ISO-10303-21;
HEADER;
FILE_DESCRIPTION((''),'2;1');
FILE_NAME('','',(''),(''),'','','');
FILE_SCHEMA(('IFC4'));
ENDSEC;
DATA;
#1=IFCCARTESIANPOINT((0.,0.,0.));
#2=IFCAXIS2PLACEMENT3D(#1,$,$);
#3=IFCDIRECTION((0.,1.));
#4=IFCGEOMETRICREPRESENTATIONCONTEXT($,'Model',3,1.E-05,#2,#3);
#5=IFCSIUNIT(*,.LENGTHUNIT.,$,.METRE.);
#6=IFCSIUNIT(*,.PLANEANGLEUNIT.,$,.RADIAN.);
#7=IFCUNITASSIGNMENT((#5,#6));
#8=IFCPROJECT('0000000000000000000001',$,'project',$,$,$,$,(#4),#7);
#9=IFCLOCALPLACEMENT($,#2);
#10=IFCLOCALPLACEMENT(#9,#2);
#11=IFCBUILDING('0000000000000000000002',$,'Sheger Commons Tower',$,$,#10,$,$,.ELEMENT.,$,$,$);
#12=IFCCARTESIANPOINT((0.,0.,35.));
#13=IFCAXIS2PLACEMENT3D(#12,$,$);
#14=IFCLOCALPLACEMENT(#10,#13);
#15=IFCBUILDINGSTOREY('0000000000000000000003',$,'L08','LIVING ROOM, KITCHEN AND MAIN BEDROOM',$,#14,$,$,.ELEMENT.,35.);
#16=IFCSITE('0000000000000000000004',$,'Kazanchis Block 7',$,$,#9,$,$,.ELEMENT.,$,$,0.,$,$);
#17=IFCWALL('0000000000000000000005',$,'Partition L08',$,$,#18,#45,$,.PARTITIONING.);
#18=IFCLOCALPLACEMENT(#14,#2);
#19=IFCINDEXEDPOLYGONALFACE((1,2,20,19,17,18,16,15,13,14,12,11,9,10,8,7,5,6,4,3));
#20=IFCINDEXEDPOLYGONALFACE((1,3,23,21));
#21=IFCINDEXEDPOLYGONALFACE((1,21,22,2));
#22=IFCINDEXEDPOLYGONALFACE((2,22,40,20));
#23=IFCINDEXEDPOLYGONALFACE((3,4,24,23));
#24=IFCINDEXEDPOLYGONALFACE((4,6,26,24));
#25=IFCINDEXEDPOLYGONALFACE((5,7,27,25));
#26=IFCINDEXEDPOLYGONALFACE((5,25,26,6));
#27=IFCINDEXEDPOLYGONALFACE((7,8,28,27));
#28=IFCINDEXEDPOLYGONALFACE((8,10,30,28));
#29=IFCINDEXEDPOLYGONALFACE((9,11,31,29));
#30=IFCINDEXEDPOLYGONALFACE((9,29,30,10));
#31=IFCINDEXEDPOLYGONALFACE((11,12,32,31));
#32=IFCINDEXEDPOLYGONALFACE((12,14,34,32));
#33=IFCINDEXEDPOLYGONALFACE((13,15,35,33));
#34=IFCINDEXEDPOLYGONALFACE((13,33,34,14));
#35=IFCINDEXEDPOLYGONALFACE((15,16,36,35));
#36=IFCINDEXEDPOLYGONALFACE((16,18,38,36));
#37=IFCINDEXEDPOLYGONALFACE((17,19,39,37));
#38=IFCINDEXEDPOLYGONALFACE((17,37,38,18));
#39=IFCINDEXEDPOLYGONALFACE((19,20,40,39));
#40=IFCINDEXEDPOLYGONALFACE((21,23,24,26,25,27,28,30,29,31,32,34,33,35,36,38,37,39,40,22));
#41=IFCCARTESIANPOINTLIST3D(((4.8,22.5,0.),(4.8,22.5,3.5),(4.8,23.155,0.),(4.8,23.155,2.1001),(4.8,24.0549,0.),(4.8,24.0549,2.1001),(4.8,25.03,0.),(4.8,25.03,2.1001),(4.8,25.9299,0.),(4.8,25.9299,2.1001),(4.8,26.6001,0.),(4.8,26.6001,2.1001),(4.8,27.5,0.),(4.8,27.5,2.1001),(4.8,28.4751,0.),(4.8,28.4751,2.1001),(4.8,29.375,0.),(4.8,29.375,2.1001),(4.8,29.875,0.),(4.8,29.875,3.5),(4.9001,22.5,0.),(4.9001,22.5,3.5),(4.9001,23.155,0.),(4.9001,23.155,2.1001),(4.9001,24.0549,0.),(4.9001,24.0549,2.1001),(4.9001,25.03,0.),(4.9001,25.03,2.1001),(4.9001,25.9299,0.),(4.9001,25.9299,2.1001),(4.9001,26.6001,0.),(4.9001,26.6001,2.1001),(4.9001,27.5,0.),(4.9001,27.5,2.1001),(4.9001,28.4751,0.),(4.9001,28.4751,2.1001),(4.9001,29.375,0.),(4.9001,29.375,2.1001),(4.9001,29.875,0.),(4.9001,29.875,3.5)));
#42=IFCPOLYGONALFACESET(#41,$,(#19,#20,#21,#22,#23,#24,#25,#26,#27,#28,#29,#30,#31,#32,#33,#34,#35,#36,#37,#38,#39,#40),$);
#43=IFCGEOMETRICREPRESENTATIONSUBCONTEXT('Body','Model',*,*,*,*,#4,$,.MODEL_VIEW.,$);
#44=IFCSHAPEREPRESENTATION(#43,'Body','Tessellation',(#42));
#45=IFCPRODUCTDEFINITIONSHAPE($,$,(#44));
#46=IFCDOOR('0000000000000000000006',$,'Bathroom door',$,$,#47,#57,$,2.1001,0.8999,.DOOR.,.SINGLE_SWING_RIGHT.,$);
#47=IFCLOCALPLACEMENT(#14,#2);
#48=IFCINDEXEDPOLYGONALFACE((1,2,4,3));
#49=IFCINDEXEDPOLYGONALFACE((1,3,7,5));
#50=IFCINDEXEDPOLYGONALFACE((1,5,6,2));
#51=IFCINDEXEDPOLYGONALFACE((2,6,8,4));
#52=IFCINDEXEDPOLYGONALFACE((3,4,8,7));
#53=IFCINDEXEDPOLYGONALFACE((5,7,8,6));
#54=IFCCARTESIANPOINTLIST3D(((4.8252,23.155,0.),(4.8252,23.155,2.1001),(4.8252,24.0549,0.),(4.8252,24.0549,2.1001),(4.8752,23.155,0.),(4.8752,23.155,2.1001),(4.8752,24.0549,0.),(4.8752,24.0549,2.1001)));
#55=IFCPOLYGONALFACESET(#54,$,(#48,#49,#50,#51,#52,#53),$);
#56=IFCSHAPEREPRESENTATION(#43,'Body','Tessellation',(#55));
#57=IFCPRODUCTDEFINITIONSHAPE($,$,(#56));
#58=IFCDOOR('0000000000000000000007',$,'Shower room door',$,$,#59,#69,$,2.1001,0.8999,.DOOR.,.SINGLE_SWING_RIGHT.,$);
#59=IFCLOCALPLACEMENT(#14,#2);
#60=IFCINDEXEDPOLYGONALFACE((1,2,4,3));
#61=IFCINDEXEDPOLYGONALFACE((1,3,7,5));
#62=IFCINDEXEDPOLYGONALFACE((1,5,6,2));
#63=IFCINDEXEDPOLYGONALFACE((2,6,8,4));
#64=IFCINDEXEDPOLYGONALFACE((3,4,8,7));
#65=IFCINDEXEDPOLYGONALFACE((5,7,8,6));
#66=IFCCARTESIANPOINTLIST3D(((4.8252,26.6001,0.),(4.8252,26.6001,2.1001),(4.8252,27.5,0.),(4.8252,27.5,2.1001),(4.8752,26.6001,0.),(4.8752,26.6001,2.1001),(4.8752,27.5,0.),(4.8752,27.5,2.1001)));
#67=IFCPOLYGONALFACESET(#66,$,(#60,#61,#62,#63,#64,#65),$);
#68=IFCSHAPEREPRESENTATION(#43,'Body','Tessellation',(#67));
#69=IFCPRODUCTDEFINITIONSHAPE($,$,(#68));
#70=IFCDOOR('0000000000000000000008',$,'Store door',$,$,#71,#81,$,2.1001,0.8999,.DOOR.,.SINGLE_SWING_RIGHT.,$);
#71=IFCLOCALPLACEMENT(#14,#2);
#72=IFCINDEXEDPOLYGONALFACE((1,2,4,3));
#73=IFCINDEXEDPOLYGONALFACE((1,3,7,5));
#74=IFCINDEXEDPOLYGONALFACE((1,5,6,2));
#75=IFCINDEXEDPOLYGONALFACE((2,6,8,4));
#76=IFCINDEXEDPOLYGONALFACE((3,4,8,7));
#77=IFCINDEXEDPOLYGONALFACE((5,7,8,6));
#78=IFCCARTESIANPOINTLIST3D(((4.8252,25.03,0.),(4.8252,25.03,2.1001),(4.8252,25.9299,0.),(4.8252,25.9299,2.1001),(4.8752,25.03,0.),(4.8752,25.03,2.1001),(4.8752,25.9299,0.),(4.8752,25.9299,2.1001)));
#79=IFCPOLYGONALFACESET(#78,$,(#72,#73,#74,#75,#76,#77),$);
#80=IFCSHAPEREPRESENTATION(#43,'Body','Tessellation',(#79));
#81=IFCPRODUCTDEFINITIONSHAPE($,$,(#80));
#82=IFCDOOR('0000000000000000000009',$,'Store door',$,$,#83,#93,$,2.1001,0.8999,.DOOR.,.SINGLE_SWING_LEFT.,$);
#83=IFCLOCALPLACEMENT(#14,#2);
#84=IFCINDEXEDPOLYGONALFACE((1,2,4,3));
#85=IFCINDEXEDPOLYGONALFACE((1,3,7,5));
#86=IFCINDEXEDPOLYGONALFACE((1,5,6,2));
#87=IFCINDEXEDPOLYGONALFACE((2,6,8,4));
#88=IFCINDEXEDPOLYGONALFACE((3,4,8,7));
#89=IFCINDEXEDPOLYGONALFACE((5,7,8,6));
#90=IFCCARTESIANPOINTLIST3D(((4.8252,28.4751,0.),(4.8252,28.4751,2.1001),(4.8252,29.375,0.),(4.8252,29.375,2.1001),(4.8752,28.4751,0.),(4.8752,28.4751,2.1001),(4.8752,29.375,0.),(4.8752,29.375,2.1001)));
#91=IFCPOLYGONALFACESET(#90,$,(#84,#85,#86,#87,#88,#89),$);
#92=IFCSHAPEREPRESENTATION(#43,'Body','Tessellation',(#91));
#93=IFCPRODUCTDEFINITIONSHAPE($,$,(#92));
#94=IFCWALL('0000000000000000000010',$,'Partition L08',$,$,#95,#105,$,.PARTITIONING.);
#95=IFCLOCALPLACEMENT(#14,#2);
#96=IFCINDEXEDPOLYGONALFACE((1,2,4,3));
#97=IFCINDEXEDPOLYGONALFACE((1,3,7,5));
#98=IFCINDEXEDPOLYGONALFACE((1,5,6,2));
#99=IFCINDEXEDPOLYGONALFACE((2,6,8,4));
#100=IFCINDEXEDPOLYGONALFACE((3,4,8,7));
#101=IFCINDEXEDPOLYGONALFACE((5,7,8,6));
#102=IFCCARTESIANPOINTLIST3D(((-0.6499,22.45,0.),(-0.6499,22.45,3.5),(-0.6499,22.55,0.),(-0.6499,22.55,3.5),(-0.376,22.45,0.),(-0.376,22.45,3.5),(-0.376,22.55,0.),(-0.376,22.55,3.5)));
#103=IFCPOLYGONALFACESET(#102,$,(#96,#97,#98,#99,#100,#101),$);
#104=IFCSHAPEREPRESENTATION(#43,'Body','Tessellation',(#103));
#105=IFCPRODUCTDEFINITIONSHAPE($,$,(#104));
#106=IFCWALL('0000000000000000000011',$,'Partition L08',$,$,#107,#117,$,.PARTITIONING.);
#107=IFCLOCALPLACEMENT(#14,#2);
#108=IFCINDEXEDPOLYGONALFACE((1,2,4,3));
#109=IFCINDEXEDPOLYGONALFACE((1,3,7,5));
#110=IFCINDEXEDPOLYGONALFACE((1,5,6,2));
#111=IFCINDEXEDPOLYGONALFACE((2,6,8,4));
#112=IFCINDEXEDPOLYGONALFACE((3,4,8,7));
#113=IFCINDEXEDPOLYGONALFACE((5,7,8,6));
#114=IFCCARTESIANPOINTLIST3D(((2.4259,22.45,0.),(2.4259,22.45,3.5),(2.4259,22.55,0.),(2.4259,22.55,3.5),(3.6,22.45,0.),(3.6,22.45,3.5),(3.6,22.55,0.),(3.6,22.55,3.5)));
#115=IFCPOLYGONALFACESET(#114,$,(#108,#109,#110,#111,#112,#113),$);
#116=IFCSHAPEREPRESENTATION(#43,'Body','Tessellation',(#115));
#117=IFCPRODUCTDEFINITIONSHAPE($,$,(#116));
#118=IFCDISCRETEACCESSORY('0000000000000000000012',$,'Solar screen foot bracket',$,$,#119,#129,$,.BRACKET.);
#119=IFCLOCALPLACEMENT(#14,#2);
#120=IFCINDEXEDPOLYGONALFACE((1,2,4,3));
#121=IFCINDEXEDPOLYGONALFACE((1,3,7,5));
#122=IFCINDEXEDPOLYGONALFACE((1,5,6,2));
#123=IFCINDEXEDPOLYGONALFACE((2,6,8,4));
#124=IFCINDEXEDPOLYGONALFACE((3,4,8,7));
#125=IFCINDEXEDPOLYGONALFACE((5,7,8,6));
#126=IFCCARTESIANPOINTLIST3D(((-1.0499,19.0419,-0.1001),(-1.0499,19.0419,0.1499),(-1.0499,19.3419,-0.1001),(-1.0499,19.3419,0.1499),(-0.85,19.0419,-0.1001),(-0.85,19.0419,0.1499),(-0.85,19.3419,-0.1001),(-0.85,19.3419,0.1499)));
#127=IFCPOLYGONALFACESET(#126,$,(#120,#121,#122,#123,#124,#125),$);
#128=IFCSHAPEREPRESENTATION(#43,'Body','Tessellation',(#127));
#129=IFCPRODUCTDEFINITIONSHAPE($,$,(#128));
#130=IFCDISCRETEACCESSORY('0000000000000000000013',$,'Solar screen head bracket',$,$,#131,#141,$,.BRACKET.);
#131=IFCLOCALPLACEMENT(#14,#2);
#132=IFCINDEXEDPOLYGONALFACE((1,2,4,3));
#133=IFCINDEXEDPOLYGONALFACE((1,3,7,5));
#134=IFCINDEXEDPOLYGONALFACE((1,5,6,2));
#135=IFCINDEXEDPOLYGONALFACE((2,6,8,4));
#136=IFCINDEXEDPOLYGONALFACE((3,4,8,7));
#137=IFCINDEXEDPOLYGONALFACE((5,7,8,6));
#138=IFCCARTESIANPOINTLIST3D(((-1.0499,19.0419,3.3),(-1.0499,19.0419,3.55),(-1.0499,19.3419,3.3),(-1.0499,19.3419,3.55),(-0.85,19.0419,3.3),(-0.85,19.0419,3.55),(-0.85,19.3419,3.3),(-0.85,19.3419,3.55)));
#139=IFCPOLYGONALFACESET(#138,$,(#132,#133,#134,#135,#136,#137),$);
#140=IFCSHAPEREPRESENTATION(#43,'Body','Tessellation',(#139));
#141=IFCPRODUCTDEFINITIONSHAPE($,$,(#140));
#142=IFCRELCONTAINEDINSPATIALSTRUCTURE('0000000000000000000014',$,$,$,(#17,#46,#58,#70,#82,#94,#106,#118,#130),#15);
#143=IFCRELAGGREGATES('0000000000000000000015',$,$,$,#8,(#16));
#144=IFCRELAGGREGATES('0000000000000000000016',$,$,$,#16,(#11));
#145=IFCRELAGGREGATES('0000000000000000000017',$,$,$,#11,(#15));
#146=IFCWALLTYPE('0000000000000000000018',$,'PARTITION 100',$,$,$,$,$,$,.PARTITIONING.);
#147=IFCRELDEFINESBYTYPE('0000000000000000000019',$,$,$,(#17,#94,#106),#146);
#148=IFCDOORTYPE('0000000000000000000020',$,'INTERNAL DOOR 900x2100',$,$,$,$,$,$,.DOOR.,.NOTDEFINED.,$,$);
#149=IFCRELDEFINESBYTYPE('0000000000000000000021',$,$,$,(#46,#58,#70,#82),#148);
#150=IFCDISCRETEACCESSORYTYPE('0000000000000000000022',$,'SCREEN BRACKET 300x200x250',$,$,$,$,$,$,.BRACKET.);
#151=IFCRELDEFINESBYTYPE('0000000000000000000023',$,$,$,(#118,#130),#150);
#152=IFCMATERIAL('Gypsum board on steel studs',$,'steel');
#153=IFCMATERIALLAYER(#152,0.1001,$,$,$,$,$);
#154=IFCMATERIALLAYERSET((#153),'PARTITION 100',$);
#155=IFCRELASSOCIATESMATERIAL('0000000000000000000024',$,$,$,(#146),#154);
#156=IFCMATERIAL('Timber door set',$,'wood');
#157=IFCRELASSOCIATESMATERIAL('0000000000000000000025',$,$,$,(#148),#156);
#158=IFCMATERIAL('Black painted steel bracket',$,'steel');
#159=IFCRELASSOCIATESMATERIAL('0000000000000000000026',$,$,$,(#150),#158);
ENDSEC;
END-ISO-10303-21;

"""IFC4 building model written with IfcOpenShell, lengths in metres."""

from ifc_helpers import new_model, si_unit, direction, frame, frame_2d, origin, origin_2d, place, context, subcontext, project, spatial, rectangle, extrude, material, layer, layer_set, type_object, element, fill, save


model = new_model("IFC4")

# Units and contexts
model_context = context("Model", 3, precision=1e-05, world=origin(), true_north=direction((0.0, 1.0)))
body_context = subcontext(model_context, "Body", "Model", "MODEL_VIEW")
ifc_project = project(units=[si_unit("LENGTHUNIT", "METRE"), si_unit("PLANEANGLEUNIT", "RADIAN")], contexts=[model_context])

# Site, building, storey
site_placement = place(None, origin())
site = spatial("IfcSite", under=ifc_project, at=site_placement, Name="Kazanchis Block 7", CompositionType="ELEMENT", RefElevation=0.0)
building_placement = place(site_placement, origin())
building = spatial("IfcBuilding", under=site, at=building_placement, Name="Sheger Commons Tower", CompositionType="ELEMENT")
storey_placement = place(building_placement, frame((0.0, 0.0, 35.0)))
storey = spatial("IfcBuildingStorey", under=building, at=storey_placement, Name="L08", Description="LIVING ROOM, KITCHEN AND MAIN BEDROOM", CompositionType="ELEMENT", Elevation=35.0)

# Shared definitions
ifc_material_1 = material(Name="Gypsum board on steel studs", Category="steel")
ifc_layer_1 = layer(ifc_material_1, 0.1001)
ifc_layer_set_1 = layer_set([ifc_layer_1], Name="PARTITION 100")
wall_type_1 = type_object("IfcWallType", Name="PARTITION 100", PredefinedType="PARTITIONING", material=ifc_layer_set_1)

# Wall, openings, doors
ifc_material_2 = material(Name="Timber door set", Category="wood")
door_type = type_object("IfcDoorType", Name="INTERNAL DOOR 900x2100", OperationType="NOTDEFINED", PredefinedType="DOOR", material=ifc_material_2)
wall_1_placement = place(storey_placement, frame((4.8501, 22.5, 0.0), z_axis=(0.0, 0.0, 1.0), x_axis=(0.0, 1.0, 0.0)))
wall_1 = element("IfcWall", 1, at=wall_1_placement, inside=storey, type_object=wall_type_1, Name="Partition L08", PredefinedType="PARTITIONING", context=body_context, shape_type="SweptSolid", body=[
    extrude(rectangle(XDim=7.375, YDim=0.1001, at=frame_2d((3.6875, 0.0))), origin(), (0.0, 0.0, 1.0), 3.5),
])
opening_1_placement = place(wall_1_placement, frame((0.655, 0.0, 0.0)))
opening_1 = element("IfcOpeningElement", 2, at=opening_1_placement, cuts=wall_1, PredefinedType="OPENING", context=body_context, shape_type="SweptSolid", body=[
    extrude(rectangle(XDim=0.8999, YDim=2.1001, at=frame_2d((0.45, 1.05))), frame((0.0, 0.0601, 0.0), z_axis=(0.0, -1.0, 0.0), x_axis=(1.0, 0.0, 0.0)), (0.0, 0.0, 1.0), 0.1201),
])
opening_2_placement = place(wall_1_placement, frame((4.1001, 0.0, 0.0)))
opening_2 = element("IfcOpeningElement", 3, at=opening_2_placement, cuts=wall_1, PredefinedType="OPENING", context=body_context, shape_type="SweptSolid", body=[
    extrude(rectangle(XDim=0.8999, YDim=2.1001, at=frame_2d((0.45, 1.05))), frame((0.0, 0.0601, 0.0), z_axis=(0.0, -1.0, 0.0), x_axis=(1.0, 0.0, 0.0)), (0.0, 0.0, 1.0), 0.1201),
])
opening_3_placement = place(wall_1_placement, frame((2.53, 0.0, 0.0)))
opening_3 = element("IfcOpeningElement", 4, at=opening_3_placement, cuts=wall_1, PredefinedType="OPENING", context=body_context, shape_type="SweptSolid", body=[
    extrude(rectangle(XDim=0.8999, YDim=2.1001, at=frame_2d((0.45, 1.05))), frame((0.0, 0.0601, 0.0), z_axis=(0.0, -1.0, 0.0), x_axis=(1.0, 0.0, 0.0)), (0.0, 0.0, 1.0), 0.1201),
])
opening_4_placement = place(wall_1_placement, frame((5.9751, 0.0, 0.0)))
opening_4 = element("IfcOpeningElement", 5, at=opening_4_placement, cuts=wall_1, PredefinedType="OPENING", context=body_context, shape_type="SweptSolid", body=[
    extrude(rectangle(XDim=0.8999, YDim=2.1001, at=frame_2d((0.45, 1.05))), frame((0.0, 0.0601, 0.0), z_axis=(0.0, -1.0, 0.0), x_axis=(1.0, 0.0, 0.0)), (0.0, 0.0, 1.0), 0.1201),
])
door_1_placement = place(opening_1_placement, origin())
door_1 = element("IfcDoor", 6, at=door_1_placement, inside=storey, type_object=door_type, Name="Bathroom door", OperationType="SINGLE_SWING_RIGHT", OverallHeight=2.1001, OverallWidth=0.8999, PredefinedType="DOOR", context=body_context, shape_type="SweptSolid", body=[
    extrude(rectangle(XDim=0.8999, YDim=2.1001, at=frame_2d((0.45, 1.05))), frame((0.0, 0.0249, 0.0), z_axis=(0.0, -1.0, 0.0), x_axis=(1.0, 0.0, 0.0)), (0.0, 0.0, 1.0), 0.05),
])
fill(opening_1, door_1)
door_2_placement = place(opening_2_placement, origin())
door_2 = element("IfcDoor", 7, at=door_2_placement, inside=storey, type_object=door_type, Name="Shower room door", OperationType="SINGLE_SWING_RIGHT", OverallHeight=2.1001, OverallWidth=0.8999, PredefinedType="DOOR", context=body_context, shape_type="SweptSolid", body=[
    extrude(rectangle(XDim=0.8999, YDim=2.1001, at=frame_2d((0.45, 1.05))), frame((0.0, 0.0249, 0.0), z_axis=(0.0, -1.0, 0.0), x_axis=(1.0, 0.0, 0.0)), (0.0, 0.0, 1.0), 0.05),
])
fill(opening_2, door_2)
door_3_placement = place(opening_3_placement, origin())
door_3 = element("IfcDoor", 8, at=door_3_placement, inside=storey, type_object=door_type, Name="Store door", OperationType="SINGLE_SWING_RIGHT", OverallHeight=2.1001, OverallWidth=0.8999, PredefinedType="DOOR", context=body_context, shape_type="SweptSolid", body=[
    extrude(rectangle(XDim=0.8999, YDim=2.1001, at=frame_2d((0.45, 1.05))), frame((0.0, 0.0249, 0.0), z_axis=(0.0, -1.0, 0.0), x_axis=(1.0, 0.0, 0.0)), (0.0, 0.0, 1.0), 0.05),
])
fill(opening_3, door_3)
door_4_placement = place(opening_4_placement, origin())
door_4 = element("IfcDoor", 9, at=door_4_placement, inside=storey, type_object=door_type, Name="Store door", OperationType="SINGLE_SWING_LEFT", OverallHeight=2.1001, OverallWidth=0.8999, PredefinedType="DOOR", context=body_context, shape_type="SweptSolid", body=[
    extrude(rectangle(XDim=0.8999, YDim=2.1001, at=frame_2d((0.45, 1.05))), frame((0.0, 0.0249, 0.0), z_axis=(0.0, -1.0, 0.0), x_axis=(1.0, 0.0, 0.0)), (0.0, 0.0, 1.0), 0.05),
])
fill(opening_4, door_4)

# Walls
wall_2_placement = place(storey_placement, frame((-0.6499, 22.5, 0.0), z_axis=(0.0, 0.0, 1.0), x_axis=(1.0, 0.0, 0.0)))
element("IfcWall", 10, at=wall_2_placement, inside=storey, type_object=wall_type_1, Name="Partition L08", PredefinedType="PARTITIONING", context=body_context, shape_type="SweptSolid", body=[
    extrude(rectangle(XDim=0.2739, YDim=0.1001, at=frame_2d((0.137, 0.0))), origin(), (0.0, 0.0, 1.0), 3.5),
])
wall_3_placement = place(storey_placement, frame((2.426, 22.5, 0.0), z_axis=(0.0, 0.0, 1.0), x_axis=(1.0, 0.0, 0.0)))
element("IfcWall", 11, at=wall_3_placement, inside=storey, type_object=wall_type_1, Name="Partition L08", PredefinedType="PARTITIONING", context=body_context, shape_type="SweptSolid", body=[
    extrude(rectangle(XDim=1.1741, YDim=0.1001, at=frame_2d((0.5869, 0.0))), origin(), (0.0, 0.0, 1.0), 3.5),
])

# Discrete accessories
ifc_material_3 = material(Name="Black painted steel bracket", Category="steel")
discrete_accessory_type = type_object("IfcDiscreteAccessoryType", Name="SCREEN BRACKET 300x200x250", PredefinedType="BRACKET", material=ifc_material_3)
for number, where, z_axis, x_axis, name in (
    (12, (-0.95, 19.1919, -0.1001), (0.0, 0.0, 1.0), (0.0, -1.0, 0.0), "Solar screen foot bracket"),
    (13, (-0.95, 19.1919, 3.3), (0.0, 0.0, 1.0), (0.0, -1.0, 0.0), "Solar screen head bracket"),
):
    element("IfcDiscreteAccessory", number, at=place(storey_placement, frame(where, z_axis=z_axis, x_axis=x_axis)), inside=storey, type_object=discrete_accessory_type, Name=name, PredefinedType="BRACKET", context=body_context, shape_type="SweptSolid", body=[
        extrude(rectangle(XDim=0.3, YDim=0.2, at=origin_2d()), origin(), (0.0, 0.0, 1.0), 0.25),
    ])

save(model, "model.ifc")
